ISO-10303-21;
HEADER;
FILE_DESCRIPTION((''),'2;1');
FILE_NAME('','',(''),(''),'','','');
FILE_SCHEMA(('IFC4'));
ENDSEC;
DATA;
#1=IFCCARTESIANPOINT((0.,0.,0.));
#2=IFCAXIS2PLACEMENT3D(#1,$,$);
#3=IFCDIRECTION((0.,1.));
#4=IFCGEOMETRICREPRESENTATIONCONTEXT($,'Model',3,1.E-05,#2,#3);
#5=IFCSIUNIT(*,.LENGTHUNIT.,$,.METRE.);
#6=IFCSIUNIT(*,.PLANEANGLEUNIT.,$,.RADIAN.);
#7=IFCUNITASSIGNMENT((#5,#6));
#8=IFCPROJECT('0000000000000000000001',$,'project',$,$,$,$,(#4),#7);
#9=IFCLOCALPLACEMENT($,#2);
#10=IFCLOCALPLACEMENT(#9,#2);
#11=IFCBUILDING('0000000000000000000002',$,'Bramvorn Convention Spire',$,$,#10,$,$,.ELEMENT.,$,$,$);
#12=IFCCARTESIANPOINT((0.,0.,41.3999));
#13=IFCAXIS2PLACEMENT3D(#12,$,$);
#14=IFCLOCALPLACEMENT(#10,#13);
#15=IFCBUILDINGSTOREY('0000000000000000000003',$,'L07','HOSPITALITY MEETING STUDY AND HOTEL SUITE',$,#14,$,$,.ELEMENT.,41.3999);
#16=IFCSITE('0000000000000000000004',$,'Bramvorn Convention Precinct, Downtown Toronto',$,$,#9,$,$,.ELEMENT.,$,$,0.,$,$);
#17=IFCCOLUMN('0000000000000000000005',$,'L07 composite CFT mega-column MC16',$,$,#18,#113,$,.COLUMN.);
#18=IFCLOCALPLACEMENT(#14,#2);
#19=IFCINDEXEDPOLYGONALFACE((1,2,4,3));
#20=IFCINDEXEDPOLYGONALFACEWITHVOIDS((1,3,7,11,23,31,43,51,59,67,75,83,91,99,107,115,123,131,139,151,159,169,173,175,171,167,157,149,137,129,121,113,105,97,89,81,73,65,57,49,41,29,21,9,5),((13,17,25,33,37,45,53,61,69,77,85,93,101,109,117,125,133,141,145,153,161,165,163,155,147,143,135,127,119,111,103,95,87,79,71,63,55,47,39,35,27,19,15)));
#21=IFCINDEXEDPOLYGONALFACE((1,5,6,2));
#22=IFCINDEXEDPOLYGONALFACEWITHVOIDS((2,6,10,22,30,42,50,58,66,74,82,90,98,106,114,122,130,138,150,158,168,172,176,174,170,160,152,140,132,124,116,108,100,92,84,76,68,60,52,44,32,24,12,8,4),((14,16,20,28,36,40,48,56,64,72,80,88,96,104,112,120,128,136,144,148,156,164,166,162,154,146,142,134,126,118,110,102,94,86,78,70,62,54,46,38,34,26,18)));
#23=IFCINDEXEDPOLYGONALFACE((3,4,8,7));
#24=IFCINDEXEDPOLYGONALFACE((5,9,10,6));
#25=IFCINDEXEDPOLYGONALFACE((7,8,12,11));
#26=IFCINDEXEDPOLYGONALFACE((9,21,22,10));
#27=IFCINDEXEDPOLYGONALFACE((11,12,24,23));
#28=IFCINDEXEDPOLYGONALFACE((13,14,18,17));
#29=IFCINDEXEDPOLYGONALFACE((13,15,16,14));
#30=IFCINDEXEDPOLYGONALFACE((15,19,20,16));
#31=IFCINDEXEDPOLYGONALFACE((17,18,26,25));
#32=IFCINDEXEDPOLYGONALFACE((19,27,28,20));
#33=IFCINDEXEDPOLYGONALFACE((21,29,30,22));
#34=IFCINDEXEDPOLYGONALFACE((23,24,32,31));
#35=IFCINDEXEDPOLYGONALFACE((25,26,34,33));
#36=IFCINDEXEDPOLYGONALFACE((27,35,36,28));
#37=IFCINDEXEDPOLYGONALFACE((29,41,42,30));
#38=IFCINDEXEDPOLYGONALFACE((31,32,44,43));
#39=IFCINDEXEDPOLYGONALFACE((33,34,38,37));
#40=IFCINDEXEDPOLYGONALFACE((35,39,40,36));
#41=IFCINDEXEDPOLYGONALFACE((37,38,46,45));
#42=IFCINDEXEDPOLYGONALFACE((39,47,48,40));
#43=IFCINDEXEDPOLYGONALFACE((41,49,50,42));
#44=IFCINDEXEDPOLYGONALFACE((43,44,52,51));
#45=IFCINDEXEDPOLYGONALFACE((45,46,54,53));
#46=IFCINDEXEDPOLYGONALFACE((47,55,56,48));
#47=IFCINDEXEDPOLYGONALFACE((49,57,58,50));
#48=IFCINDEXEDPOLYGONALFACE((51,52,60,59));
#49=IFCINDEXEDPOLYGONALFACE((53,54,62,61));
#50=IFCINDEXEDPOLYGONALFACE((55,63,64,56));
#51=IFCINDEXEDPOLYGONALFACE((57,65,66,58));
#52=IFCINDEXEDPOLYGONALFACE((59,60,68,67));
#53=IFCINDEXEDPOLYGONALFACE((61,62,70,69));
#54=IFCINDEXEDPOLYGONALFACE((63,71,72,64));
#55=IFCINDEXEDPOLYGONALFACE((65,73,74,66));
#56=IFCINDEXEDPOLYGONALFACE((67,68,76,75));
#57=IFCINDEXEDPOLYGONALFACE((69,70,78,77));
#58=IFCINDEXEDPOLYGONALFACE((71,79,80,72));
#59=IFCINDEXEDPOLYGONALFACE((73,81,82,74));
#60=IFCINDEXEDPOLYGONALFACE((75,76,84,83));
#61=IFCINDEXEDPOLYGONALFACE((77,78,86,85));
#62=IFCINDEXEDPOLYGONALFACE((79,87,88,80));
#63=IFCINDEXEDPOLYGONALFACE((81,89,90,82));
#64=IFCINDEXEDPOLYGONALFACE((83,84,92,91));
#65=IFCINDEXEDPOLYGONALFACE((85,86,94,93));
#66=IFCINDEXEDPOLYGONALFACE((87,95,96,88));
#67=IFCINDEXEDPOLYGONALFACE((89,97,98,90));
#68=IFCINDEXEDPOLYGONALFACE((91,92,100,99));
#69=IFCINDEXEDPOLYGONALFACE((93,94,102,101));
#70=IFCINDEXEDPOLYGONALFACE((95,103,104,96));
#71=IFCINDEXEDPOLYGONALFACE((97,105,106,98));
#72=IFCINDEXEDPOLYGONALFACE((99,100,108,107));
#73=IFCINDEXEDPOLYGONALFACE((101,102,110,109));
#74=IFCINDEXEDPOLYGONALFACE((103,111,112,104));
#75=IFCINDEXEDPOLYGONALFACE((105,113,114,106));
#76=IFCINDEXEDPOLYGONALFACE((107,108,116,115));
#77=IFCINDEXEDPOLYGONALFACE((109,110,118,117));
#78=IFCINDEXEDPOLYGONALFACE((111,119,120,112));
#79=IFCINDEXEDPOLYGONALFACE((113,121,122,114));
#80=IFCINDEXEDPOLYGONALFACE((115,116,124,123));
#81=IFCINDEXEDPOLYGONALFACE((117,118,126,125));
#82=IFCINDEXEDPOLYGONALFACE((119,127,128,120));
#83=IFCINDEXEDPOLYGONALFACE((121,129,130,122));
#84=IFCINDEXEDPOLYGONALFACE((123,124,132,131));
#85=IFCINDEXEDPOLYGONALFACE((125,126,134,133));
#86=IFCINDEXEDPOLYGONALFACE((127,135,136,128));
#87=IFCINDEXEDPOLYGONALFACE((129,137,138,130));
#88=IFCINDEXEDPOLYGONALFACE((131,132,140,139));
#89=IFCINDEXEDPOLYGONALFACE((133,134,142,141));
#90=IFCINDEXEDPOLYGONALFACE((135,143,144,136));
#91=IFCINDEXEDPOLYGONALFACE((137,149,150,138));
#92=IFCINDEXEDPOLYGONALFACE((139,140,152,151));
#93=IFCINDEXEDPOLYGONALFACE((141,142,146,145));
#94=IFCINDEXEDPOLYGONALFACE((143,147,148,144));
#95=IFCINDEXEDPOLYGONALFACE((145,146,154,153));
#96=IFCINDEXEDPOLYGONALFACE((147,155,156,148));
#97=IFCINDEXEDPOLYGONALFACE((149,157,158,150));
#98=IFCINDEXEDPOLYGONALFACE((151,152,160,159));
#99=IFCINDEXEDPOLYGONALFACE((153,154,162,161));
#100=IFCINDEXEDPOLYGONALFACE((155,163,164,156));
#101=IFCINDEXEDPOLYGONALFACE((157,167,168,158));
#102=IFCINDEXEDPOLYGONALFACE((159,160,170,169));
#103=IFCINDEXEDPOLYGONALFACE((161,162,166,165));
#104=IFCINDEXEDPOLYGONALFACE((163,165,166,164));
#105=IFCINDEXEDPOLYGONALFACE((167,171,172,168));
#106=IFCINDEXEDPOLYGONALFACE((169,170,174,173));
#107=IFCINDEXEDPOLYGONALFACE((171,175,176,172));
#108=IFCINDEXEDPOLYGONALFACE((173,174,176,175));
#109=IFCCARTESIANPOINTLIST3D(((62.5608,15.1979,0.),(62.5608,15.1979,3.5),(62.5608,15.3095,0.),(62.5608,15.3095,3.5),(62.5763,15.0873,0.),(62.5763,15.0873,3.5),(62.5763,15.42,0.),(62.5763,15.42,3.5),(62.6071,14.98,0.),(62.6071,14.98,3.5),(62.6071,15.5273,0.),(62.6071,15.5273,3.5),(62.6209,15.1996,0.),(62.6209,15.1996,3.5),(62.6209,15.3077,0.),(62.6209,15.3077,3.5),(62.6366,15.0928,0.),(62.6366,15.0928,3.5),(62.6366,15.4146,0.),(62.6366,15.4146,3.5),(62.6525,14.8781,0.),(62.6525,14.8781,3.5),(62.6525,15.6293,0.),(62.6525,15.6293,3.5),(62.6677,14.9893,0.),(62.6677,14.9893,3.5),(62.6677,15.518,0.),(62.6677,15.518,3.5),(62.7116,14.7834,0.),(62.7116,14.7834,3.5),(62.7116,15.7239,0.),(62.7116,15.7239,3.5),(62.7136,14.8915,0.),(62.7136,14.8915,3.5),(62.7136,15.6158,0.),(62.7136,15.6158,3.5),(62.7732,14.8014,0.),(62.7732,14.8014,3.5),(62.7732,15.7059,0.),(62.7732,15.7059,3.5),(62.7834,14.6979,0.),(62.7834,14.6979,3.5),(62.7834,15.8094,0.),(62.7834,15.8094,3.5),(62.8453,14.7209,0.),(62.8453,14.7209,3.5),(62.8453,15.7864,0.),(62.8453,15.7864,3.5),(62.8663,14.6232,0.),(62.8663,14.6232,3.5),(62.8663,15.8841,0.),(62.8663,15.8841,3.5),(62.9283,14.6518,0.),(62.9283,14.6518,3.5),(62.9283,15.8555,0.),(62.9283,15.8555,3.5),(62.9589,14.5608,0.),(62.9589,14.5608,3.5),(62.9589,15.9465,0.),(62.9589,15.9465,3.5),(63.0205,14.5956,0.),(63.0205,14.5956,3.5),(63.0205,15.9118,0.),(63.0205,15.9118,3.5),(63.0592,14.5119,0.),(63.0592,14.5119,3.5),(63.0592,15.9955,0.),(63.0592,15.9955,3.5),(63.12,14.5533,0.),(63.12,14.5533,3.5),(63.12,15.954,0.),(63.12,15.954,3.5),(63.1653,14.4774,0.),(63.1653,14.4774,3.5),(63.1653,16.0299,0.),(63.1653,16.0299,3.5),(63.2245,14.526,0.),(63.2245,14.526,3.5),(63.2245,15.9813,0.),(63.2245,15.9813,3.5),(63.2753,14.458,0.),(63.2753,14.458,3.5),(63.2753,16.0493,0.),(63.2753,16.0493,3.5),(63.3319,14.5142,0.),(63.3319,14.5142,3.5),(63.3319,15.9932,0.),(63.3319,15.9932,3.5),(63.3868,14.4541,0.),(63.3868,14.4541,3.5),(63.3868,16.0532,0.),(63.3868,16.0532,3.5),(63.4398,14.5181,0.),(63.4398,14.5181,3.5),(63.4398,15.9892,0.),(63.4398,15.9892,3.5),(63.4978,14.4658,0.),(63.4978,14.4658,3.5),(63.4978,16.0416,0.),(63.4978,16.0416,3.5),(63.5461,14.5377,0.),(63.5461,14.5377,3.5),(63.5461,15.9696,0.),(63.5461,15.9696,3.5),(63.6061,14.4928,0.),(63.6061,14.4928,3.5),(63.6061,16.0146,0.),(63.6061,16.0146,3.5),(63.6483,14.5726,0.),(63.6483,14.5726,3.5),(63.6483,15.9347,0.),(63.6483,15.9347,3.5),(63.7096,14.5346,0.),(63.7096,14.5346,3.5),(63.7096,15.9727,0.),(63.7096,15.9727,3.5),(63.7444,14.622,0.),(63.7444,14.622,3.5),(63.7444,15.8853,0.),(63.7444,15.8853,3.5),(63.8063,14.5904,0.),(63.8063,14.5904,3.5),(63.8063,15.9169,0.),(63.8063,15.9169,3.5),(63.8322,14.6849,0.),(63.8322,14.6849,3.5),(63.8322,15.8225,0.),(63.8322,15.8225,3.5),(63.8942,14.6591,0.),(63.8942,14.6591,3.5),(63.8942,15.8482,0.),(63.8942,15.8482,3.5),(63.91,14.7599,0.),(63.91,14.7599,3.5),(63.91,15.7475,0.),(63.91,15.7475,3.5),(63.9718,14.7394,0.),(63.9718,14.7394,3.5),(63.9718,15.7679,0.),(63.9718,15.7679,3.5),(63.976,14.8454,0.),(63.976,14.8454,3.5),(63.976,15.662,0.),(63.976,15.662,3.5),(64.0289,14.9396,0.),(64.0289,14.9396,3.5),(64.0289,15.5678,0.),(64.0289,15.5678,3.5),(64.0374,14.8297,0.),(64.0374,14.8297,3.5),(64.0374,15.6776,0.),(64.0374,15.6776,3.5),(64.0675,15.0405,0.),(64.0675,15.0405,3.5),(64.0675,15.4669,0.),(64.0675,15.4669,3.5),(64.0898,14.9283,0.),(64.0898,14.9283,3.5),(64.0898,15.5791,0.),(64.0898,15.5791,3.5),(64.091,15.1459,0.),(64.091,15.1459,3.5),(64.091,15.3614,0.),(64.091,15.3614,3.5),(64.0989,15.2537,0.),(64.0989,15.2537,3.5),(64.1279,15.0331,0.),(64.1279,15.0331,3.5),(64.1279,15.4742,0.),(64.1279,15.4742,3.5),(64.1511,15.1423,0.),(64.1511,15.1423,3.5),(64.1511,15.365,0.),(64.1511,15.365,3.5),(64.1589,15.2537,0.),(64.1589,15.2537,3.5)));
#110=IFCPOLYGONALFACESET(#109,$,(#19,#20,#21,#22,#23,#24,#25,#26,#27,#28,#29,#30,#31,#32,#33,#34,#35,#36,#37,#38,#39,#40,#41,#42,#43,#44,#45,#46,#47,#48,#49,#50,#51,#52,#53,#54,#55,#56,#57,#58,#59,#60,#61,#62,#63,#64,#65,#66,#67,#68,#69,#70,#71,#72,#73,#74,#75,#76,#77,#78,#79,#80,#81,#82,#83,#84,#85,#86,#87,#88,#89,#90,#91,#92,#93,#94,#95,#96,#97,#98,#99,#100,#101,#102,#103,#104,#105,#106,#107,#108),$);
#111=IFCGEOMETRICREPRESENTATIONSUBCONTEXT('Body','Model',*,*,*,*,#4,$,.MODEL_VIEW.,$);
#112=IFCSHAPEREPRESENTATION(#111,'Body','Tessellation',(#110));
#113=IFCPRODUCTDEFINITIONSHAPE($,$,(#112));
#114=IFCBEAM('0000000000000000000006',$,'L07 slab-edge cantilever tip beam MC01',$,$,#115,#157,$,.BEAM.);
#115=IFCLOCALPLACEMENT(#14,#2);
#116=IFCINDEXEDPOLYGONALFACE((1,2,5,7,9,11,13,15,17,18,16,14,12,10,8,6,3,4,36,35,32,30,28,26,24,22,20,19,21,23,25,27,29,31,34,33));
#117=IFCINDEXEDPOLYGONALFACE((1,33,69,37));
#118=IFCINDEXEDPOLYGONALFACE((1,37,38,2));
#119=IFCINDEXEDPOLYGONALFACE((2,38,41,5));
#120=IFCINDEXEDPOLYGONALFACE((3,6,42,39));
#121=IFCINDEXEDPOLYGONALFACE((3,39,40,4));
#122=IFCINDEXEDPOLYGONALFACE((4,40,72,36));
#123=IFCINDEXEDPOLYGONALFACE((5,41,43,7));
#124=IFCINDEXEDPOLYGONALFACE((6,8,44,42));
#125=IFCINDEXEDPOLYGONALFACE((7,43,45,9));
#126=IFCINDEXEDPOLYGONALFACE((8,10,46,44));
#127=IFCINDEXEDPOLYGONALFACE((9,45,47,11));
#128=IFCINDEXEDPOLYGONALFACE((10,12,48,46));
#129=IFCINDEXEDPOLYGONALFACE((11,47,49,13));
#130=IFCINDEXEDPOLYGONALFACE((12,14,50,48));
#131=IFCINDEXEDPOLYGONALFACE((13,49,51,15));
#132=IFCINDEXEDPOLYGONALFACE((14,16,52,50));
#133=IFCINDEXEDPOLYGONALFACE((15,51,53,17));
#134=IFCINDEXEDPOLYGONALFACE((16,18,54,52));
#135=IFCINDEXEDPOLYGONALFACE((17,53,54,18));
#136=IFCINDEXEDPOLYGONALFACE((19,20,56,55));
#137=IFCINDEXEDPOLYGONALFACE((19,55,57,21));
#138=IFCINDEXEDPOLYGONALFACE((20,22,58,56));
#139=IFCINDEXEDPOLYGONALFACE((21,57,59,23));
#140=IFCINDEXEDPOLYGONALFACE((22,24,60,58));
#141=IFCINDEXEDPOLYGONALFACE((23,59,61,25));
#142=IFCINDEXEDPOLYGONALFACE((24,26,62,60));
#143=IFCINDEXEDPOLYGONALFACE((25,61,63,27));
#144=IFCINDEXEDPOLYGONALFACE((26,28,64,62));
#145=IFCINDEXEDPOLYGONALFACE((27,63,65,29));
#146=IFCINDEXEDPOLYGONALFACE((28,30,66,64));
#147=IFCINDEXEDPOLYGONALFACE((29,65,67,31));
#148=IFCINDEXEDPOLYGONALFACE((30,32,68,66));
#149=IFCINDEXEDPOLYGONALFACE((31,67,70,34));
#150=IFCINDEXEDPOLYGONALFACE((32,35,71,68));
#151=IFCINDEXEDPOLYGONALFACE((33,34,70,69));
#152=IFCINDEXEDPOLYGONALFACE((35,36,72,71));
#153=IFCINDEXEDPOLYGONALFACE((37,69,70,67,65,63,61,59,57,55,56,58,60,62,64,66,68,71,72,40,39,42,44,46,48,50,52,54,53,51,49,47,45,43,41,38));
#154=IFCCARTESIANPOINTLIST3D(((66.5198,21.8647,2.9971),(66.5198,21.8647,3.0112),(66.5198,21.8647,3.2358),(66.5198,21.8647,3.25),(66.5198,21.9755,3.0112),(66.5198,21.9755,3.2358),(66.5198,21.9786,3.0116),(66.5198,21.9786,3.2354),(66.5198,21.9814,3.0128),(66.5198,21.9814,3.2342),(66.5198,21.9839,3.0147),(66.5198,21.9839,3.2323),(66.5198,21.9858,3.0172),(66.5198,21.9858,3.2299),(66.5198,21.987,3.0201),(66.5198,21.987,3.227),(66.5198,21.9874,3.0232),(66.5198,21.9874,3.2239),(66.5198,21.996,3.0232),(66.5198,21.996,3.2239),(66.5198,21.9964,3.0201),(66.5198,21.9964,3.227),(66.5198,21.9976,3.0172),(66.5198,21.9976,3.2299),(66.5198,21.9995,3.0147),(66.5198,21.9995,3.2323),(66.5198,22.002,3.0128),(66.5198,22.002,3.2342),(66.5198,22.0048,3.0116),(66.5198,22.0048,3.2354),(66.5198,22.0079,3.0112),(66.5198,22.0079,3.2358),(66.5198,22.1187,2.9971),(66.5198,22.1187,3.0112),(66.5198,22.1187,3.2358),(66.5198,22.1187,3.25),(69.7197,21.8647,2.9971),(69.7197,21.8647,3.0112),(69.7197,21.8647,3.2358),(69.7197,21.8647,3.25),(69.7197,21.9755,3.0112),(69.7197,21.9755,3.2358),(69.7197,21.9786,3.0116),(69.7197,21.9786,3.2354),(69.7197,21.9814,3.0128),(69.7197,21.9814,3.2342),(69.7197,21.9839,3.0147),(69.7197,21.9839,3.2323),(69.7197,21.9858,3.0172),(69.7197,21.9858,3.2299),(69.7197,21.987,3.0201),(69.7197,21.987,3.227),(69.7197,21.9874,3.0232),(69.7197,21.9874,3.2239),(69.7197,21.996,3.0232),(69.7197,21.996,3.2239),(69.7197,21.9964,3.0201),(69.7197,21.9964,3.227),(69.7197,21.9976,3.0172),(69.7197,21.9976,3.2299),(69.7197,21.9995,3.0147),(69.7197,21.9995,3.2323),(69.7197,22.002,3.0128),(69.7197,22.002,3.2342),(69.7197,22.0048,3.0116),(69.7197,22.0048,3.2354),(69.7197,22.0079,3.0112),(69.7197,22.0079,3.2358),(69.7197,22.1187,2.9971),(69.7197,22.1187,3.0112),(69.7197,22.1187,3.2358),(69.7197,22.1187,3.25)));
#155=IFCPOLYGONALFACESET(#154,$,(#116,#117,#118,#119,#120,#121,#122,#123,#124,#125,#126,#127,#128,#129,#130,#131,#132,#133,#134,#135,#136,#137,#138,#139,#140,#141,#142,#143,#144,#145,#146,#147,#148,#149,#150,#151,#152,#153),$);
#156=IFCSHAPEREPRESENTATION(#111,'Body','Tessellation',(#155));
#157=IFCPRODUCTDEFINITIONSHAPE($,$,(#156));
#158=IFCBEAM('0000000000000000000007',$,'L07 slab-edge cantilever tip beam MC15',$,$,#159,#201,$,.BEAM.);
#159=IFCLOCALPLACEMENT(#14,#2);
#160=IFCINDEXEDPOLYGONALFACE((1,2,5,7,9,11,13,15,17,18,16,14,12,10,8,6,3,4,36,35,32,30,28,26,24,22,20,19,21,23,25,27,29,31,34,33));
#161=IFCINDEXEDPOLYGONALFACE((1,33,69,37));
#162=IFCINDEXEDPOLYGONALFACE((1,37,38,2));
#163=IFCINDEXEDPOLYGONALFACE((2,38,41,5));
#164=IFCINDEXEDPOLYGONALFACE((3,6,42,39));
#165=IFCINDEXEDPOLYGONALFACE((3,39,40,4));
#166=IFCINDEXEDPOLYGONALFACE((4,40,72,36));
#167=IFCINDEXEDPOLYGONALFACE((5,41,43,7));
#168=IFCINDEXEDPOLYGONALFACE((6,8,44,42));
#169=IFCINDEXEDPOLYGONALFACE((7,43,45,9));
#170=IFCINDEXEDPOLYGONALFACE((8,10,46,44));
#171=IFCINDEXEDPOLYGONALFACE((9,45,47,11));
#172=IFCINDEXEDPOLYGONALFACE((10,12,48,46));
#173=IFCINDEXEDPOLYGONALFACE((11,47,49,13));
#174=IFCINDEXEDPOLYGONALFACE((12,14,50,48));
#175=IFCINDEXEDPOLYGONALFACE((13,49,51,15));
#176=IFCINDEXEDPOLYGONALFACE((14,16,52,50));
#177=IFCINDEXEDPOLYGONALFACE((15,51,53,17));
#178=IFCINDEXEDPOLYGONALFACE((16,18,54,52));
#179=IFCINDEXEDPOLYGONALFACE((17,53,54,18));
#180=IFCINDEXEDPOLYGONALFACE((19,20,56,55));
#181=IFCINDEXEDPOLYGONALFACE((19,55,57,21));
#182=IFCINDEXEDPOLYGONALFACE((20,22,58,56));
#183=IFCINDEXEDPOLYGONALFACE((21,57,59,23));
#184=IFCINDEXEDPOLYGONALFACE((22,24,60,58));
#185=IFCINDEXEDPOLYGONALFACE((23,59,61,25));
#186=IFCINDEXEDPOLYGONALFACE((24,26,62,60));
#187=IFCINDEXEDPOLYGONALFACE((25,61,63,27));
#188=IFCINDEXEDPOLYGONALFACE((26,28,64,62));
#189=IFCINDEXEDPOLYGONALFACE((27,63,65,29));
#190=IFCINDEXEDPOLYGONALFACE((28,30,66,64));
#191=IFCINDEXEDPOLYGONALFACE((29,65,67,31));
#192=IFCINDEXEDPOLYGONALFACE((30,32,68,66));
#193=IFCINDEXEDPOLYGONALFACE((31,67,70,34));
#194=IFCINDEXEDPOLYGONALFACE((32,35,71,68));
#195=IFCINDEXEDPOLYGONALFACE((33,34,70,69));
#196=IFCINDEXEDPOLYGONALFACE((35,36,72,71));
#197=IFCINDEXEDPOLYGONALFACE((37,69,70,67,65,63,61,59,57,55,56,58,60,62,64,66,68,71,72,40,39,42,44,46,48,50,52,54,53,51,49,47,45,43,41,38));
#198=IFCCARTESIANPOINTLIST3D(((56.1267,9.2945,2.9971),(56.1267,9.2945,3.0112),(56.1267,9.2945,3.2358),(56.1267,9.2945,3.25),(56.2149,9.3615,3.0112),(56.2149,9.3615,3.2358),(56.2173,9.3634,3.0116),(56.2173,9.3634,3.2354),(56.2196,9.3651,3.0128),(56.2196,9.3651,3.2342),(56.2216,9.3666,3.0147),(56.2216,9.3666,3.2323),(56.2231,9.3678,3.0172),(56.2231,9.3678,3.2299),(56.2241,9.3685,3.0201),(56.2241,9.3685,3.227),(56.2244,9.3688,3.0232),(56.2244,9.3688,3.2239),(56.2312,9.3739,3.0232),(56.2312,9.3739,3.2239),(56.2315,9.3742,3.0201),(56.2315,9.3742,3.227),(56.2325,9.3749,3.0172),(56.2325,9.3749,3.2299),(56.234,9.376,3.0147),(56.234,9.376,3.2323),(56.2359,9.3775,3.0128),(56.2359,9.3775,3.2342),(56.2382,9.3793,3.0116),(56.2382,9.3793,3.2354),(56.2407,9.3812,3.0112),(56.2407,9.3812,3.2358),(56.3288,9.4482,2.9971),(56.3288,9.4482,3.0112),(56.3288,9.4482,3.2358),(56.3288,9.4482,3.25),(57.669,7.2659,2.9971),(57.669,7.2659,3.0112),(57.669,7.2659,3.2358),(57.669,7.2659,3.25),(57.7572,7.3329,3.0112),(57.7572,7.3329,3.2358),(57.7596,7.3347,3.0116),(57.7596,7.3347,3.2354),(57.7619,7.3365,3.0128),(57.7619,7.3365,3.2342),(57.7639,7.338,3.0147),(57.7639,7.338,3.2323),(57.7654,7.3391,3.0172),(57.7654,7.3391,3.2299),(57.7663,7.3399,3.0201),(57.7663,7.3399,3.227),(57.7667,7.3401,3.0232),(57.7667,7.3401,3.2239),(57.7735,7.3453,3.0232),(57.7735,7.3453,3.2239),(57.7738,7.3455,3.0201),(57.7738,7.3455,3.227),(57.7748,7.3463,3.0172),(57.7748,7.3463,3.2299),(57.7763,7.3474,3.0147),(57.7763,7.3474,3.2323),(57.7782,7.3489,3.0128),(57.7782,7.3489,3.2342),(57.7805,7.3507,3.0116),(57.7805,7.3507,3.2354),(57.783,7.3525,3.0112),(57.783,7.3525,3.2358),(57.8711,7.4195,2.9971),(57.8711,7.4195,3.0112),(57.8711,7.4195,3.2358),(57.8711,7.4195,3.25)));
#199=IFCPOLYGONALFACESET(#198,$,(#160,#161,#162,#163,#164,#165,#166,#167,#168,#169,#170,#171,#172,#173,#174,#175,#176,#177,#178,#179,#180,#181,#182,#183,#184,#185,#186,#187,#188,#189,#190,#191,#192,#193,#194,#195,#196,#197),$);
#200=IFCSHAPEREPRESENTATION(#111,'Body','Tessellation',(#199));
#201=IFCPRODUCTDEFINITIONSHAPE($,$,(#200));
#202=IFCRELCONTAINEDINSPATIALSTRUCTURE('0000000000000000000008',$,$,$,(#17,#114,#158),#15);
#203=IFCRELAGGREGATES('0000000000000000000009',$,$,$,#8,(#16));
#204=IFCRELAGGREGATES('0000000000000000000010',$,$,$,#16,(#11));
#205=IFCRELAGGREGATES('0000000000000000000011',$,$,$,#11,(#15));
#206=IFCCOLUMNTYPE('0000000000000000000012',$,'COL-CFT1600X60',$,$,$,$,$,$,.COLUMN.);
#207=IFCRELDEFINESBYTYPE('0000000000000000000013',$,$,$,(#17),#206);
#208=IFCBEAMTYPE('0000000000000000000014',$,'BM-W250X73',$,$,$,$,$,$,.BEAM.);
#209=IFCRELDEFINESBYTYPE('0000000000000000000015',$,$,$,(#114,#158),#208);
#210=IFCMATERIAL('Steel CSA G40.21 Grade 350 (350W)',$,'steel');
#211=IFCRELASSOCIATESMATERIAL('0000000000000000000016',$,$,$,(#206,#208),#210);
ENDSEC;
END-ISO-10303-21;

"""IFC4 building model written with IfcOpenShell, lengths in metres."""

from ifc_helpers import new_model, si_unit, direction, frame, origin, origin_2d, place, context, subcontext, project, spatial, hollow_circle, i_section, extrude, material, material_profile, profile_set, type_object, element, save


model = new_model("IFC4")

# Units and contexts
model_context = context("Model", 3, precision=1e-05, world=origin(), true_north=direction((0.0, 1.0)))
body_context = subcontext(model_context, "Body", "Model", "MODEL_VIEW")
ifc_project = project(units=[si_unit("LENGTHUNIT", "METRE"), si_unit("PLANEANGLEUNIT", "RADIAN")], contexts=[model_context])

# Site, building, storey
site_placement = place(None, origin())
site = spatial("IfcSite", under=ifc_project, at=site_placement, Name="Bramvorn Convention Precinct, Downtown Toronto", CompositionType="ELEMENT", RefElevation=0.0)
building_placement = place(site_placement, origin())
building = spatial("IfcBuilding", under=site, at=building_placement, Name="Bramvorn Convention Spire", CompositionType="ELEMENT")
storey_placement = place(building_placement, frame((0.0, 0.0, 41.3999)))
storey = spatial("IfcBuildingStorey", under=building, at=storey_placement, Name="L07", Description="HOSPITALITY MEETING STUDY AND HOTEL SUITE", CompositionType="ELEMENT", Elevation=41.3999)

# Column
ifc_material_1 = material(Name="Steel CSA G40.21 Grade 350 (350W)", Category="steel")
ifc_material_profile_1 = material_profile(ifc_material_1, hollow_circle(Radius=0.8, WallThickness=0.0601, at=origin_2d()))
ifc_profile_set_1 = profile_set([ifc_material_profile_1], Name="Steel CSA G40.21 Grade 350 (350W) - CFT1600X60")
column_type = type_object("IfcColumnType", Name="COL-CFT1600X60", PredefinedType="COLUMN", material=ifc_profile_set_1)
for number, where, z_axis, x_axis, name in (
    (1, (63.3589, 15.2537, 0.0), (0.0, 0.0, 1.0), (1.0, 0.0, 0.0), "L07 composite CFT mega-column MC16"),
):
    element("IfcColumn", number, at=place(storey_placement, frame(where, z_axis=z_axis, x_axis=x_axis)), inside=storey, type_object=column_type, Name=name, PredefinedType="COLUMN", context=body_context, shape_type="SweptSolid", body=[
        extrude(hollow_circle(Radius=0.8, WallThickness=0.0601, at=origin_2d()), origin(), (0.0, 0.0, 1.0), 3.5),
    ])

# Beams
ifc_material_profile_2 = material_profile(ifc_material_1, i_section(OverallWidth=0.2539, OverallDepth=0.2529, WebThickness=0.0085, FlangeThickness=0.0142, FilletRadius=0.012, at=origin_2d()))
ifc_profile_set_2 = profile_set([ifc_material_profile_2], Name="Steel CSA G40.21 Grade 350 (350W) - W250X73")
beam_type_1 = type_object("IfcBeamType", Name="BM-W250X73", PredefinedType="BEAM", material=ifc_profile_set_2)
beam_1_placement = place(storey_placement, frame((66.5198, 21.9917, 3.1235), z_axis=(1.0, 0.0, 0.0), x_axis=(0.0, 1.0, 0.0)))
element("IfcBeam", 2, at=beam_1_placement, inside=storey, type_object=beam_type_1, Name="L07 slab-edge cantilever tip beam MC01", PredefinedType="BEAM", context=body_context, shape_type="SweptSolid", body=[
    extrude(i_section(OverallWidth=0.2539, OverallDepth=0.2529, WebThickness=0.0085, FlangeThickness=0.0142, FilletRadius=0.012, at=origin_2d()), origin(), (0.0, 0.0, 1.0), 3.2),
])
beam_2_placement = place(storey_placement, frame((56.2278, 9.3713, 3.1235), z_axis=(0.605214, -0.796062, 0.0), x_axis=(0.796062, 0.605214, 0.0)))
element("IfcBeam", 3, at=beam_2_placement, inside=storey, type_object=beam_type_1, Name="L07 slab-edge cantilever tip beam MC15", PredefinedType="BEAM", context=body_context, shape_type="SweptSolid", body=[
    extrude(i_section(OverallWidth=0.2539, OverallDepth=0.2529, WebThickness=0.0085, FlangeThickness=0.0142, FilletRadius=0.012, at=origin_2d()), origin(), (0.0, 0.0, 1.0), 2.5483),
])

save(model, "model.ifc")
